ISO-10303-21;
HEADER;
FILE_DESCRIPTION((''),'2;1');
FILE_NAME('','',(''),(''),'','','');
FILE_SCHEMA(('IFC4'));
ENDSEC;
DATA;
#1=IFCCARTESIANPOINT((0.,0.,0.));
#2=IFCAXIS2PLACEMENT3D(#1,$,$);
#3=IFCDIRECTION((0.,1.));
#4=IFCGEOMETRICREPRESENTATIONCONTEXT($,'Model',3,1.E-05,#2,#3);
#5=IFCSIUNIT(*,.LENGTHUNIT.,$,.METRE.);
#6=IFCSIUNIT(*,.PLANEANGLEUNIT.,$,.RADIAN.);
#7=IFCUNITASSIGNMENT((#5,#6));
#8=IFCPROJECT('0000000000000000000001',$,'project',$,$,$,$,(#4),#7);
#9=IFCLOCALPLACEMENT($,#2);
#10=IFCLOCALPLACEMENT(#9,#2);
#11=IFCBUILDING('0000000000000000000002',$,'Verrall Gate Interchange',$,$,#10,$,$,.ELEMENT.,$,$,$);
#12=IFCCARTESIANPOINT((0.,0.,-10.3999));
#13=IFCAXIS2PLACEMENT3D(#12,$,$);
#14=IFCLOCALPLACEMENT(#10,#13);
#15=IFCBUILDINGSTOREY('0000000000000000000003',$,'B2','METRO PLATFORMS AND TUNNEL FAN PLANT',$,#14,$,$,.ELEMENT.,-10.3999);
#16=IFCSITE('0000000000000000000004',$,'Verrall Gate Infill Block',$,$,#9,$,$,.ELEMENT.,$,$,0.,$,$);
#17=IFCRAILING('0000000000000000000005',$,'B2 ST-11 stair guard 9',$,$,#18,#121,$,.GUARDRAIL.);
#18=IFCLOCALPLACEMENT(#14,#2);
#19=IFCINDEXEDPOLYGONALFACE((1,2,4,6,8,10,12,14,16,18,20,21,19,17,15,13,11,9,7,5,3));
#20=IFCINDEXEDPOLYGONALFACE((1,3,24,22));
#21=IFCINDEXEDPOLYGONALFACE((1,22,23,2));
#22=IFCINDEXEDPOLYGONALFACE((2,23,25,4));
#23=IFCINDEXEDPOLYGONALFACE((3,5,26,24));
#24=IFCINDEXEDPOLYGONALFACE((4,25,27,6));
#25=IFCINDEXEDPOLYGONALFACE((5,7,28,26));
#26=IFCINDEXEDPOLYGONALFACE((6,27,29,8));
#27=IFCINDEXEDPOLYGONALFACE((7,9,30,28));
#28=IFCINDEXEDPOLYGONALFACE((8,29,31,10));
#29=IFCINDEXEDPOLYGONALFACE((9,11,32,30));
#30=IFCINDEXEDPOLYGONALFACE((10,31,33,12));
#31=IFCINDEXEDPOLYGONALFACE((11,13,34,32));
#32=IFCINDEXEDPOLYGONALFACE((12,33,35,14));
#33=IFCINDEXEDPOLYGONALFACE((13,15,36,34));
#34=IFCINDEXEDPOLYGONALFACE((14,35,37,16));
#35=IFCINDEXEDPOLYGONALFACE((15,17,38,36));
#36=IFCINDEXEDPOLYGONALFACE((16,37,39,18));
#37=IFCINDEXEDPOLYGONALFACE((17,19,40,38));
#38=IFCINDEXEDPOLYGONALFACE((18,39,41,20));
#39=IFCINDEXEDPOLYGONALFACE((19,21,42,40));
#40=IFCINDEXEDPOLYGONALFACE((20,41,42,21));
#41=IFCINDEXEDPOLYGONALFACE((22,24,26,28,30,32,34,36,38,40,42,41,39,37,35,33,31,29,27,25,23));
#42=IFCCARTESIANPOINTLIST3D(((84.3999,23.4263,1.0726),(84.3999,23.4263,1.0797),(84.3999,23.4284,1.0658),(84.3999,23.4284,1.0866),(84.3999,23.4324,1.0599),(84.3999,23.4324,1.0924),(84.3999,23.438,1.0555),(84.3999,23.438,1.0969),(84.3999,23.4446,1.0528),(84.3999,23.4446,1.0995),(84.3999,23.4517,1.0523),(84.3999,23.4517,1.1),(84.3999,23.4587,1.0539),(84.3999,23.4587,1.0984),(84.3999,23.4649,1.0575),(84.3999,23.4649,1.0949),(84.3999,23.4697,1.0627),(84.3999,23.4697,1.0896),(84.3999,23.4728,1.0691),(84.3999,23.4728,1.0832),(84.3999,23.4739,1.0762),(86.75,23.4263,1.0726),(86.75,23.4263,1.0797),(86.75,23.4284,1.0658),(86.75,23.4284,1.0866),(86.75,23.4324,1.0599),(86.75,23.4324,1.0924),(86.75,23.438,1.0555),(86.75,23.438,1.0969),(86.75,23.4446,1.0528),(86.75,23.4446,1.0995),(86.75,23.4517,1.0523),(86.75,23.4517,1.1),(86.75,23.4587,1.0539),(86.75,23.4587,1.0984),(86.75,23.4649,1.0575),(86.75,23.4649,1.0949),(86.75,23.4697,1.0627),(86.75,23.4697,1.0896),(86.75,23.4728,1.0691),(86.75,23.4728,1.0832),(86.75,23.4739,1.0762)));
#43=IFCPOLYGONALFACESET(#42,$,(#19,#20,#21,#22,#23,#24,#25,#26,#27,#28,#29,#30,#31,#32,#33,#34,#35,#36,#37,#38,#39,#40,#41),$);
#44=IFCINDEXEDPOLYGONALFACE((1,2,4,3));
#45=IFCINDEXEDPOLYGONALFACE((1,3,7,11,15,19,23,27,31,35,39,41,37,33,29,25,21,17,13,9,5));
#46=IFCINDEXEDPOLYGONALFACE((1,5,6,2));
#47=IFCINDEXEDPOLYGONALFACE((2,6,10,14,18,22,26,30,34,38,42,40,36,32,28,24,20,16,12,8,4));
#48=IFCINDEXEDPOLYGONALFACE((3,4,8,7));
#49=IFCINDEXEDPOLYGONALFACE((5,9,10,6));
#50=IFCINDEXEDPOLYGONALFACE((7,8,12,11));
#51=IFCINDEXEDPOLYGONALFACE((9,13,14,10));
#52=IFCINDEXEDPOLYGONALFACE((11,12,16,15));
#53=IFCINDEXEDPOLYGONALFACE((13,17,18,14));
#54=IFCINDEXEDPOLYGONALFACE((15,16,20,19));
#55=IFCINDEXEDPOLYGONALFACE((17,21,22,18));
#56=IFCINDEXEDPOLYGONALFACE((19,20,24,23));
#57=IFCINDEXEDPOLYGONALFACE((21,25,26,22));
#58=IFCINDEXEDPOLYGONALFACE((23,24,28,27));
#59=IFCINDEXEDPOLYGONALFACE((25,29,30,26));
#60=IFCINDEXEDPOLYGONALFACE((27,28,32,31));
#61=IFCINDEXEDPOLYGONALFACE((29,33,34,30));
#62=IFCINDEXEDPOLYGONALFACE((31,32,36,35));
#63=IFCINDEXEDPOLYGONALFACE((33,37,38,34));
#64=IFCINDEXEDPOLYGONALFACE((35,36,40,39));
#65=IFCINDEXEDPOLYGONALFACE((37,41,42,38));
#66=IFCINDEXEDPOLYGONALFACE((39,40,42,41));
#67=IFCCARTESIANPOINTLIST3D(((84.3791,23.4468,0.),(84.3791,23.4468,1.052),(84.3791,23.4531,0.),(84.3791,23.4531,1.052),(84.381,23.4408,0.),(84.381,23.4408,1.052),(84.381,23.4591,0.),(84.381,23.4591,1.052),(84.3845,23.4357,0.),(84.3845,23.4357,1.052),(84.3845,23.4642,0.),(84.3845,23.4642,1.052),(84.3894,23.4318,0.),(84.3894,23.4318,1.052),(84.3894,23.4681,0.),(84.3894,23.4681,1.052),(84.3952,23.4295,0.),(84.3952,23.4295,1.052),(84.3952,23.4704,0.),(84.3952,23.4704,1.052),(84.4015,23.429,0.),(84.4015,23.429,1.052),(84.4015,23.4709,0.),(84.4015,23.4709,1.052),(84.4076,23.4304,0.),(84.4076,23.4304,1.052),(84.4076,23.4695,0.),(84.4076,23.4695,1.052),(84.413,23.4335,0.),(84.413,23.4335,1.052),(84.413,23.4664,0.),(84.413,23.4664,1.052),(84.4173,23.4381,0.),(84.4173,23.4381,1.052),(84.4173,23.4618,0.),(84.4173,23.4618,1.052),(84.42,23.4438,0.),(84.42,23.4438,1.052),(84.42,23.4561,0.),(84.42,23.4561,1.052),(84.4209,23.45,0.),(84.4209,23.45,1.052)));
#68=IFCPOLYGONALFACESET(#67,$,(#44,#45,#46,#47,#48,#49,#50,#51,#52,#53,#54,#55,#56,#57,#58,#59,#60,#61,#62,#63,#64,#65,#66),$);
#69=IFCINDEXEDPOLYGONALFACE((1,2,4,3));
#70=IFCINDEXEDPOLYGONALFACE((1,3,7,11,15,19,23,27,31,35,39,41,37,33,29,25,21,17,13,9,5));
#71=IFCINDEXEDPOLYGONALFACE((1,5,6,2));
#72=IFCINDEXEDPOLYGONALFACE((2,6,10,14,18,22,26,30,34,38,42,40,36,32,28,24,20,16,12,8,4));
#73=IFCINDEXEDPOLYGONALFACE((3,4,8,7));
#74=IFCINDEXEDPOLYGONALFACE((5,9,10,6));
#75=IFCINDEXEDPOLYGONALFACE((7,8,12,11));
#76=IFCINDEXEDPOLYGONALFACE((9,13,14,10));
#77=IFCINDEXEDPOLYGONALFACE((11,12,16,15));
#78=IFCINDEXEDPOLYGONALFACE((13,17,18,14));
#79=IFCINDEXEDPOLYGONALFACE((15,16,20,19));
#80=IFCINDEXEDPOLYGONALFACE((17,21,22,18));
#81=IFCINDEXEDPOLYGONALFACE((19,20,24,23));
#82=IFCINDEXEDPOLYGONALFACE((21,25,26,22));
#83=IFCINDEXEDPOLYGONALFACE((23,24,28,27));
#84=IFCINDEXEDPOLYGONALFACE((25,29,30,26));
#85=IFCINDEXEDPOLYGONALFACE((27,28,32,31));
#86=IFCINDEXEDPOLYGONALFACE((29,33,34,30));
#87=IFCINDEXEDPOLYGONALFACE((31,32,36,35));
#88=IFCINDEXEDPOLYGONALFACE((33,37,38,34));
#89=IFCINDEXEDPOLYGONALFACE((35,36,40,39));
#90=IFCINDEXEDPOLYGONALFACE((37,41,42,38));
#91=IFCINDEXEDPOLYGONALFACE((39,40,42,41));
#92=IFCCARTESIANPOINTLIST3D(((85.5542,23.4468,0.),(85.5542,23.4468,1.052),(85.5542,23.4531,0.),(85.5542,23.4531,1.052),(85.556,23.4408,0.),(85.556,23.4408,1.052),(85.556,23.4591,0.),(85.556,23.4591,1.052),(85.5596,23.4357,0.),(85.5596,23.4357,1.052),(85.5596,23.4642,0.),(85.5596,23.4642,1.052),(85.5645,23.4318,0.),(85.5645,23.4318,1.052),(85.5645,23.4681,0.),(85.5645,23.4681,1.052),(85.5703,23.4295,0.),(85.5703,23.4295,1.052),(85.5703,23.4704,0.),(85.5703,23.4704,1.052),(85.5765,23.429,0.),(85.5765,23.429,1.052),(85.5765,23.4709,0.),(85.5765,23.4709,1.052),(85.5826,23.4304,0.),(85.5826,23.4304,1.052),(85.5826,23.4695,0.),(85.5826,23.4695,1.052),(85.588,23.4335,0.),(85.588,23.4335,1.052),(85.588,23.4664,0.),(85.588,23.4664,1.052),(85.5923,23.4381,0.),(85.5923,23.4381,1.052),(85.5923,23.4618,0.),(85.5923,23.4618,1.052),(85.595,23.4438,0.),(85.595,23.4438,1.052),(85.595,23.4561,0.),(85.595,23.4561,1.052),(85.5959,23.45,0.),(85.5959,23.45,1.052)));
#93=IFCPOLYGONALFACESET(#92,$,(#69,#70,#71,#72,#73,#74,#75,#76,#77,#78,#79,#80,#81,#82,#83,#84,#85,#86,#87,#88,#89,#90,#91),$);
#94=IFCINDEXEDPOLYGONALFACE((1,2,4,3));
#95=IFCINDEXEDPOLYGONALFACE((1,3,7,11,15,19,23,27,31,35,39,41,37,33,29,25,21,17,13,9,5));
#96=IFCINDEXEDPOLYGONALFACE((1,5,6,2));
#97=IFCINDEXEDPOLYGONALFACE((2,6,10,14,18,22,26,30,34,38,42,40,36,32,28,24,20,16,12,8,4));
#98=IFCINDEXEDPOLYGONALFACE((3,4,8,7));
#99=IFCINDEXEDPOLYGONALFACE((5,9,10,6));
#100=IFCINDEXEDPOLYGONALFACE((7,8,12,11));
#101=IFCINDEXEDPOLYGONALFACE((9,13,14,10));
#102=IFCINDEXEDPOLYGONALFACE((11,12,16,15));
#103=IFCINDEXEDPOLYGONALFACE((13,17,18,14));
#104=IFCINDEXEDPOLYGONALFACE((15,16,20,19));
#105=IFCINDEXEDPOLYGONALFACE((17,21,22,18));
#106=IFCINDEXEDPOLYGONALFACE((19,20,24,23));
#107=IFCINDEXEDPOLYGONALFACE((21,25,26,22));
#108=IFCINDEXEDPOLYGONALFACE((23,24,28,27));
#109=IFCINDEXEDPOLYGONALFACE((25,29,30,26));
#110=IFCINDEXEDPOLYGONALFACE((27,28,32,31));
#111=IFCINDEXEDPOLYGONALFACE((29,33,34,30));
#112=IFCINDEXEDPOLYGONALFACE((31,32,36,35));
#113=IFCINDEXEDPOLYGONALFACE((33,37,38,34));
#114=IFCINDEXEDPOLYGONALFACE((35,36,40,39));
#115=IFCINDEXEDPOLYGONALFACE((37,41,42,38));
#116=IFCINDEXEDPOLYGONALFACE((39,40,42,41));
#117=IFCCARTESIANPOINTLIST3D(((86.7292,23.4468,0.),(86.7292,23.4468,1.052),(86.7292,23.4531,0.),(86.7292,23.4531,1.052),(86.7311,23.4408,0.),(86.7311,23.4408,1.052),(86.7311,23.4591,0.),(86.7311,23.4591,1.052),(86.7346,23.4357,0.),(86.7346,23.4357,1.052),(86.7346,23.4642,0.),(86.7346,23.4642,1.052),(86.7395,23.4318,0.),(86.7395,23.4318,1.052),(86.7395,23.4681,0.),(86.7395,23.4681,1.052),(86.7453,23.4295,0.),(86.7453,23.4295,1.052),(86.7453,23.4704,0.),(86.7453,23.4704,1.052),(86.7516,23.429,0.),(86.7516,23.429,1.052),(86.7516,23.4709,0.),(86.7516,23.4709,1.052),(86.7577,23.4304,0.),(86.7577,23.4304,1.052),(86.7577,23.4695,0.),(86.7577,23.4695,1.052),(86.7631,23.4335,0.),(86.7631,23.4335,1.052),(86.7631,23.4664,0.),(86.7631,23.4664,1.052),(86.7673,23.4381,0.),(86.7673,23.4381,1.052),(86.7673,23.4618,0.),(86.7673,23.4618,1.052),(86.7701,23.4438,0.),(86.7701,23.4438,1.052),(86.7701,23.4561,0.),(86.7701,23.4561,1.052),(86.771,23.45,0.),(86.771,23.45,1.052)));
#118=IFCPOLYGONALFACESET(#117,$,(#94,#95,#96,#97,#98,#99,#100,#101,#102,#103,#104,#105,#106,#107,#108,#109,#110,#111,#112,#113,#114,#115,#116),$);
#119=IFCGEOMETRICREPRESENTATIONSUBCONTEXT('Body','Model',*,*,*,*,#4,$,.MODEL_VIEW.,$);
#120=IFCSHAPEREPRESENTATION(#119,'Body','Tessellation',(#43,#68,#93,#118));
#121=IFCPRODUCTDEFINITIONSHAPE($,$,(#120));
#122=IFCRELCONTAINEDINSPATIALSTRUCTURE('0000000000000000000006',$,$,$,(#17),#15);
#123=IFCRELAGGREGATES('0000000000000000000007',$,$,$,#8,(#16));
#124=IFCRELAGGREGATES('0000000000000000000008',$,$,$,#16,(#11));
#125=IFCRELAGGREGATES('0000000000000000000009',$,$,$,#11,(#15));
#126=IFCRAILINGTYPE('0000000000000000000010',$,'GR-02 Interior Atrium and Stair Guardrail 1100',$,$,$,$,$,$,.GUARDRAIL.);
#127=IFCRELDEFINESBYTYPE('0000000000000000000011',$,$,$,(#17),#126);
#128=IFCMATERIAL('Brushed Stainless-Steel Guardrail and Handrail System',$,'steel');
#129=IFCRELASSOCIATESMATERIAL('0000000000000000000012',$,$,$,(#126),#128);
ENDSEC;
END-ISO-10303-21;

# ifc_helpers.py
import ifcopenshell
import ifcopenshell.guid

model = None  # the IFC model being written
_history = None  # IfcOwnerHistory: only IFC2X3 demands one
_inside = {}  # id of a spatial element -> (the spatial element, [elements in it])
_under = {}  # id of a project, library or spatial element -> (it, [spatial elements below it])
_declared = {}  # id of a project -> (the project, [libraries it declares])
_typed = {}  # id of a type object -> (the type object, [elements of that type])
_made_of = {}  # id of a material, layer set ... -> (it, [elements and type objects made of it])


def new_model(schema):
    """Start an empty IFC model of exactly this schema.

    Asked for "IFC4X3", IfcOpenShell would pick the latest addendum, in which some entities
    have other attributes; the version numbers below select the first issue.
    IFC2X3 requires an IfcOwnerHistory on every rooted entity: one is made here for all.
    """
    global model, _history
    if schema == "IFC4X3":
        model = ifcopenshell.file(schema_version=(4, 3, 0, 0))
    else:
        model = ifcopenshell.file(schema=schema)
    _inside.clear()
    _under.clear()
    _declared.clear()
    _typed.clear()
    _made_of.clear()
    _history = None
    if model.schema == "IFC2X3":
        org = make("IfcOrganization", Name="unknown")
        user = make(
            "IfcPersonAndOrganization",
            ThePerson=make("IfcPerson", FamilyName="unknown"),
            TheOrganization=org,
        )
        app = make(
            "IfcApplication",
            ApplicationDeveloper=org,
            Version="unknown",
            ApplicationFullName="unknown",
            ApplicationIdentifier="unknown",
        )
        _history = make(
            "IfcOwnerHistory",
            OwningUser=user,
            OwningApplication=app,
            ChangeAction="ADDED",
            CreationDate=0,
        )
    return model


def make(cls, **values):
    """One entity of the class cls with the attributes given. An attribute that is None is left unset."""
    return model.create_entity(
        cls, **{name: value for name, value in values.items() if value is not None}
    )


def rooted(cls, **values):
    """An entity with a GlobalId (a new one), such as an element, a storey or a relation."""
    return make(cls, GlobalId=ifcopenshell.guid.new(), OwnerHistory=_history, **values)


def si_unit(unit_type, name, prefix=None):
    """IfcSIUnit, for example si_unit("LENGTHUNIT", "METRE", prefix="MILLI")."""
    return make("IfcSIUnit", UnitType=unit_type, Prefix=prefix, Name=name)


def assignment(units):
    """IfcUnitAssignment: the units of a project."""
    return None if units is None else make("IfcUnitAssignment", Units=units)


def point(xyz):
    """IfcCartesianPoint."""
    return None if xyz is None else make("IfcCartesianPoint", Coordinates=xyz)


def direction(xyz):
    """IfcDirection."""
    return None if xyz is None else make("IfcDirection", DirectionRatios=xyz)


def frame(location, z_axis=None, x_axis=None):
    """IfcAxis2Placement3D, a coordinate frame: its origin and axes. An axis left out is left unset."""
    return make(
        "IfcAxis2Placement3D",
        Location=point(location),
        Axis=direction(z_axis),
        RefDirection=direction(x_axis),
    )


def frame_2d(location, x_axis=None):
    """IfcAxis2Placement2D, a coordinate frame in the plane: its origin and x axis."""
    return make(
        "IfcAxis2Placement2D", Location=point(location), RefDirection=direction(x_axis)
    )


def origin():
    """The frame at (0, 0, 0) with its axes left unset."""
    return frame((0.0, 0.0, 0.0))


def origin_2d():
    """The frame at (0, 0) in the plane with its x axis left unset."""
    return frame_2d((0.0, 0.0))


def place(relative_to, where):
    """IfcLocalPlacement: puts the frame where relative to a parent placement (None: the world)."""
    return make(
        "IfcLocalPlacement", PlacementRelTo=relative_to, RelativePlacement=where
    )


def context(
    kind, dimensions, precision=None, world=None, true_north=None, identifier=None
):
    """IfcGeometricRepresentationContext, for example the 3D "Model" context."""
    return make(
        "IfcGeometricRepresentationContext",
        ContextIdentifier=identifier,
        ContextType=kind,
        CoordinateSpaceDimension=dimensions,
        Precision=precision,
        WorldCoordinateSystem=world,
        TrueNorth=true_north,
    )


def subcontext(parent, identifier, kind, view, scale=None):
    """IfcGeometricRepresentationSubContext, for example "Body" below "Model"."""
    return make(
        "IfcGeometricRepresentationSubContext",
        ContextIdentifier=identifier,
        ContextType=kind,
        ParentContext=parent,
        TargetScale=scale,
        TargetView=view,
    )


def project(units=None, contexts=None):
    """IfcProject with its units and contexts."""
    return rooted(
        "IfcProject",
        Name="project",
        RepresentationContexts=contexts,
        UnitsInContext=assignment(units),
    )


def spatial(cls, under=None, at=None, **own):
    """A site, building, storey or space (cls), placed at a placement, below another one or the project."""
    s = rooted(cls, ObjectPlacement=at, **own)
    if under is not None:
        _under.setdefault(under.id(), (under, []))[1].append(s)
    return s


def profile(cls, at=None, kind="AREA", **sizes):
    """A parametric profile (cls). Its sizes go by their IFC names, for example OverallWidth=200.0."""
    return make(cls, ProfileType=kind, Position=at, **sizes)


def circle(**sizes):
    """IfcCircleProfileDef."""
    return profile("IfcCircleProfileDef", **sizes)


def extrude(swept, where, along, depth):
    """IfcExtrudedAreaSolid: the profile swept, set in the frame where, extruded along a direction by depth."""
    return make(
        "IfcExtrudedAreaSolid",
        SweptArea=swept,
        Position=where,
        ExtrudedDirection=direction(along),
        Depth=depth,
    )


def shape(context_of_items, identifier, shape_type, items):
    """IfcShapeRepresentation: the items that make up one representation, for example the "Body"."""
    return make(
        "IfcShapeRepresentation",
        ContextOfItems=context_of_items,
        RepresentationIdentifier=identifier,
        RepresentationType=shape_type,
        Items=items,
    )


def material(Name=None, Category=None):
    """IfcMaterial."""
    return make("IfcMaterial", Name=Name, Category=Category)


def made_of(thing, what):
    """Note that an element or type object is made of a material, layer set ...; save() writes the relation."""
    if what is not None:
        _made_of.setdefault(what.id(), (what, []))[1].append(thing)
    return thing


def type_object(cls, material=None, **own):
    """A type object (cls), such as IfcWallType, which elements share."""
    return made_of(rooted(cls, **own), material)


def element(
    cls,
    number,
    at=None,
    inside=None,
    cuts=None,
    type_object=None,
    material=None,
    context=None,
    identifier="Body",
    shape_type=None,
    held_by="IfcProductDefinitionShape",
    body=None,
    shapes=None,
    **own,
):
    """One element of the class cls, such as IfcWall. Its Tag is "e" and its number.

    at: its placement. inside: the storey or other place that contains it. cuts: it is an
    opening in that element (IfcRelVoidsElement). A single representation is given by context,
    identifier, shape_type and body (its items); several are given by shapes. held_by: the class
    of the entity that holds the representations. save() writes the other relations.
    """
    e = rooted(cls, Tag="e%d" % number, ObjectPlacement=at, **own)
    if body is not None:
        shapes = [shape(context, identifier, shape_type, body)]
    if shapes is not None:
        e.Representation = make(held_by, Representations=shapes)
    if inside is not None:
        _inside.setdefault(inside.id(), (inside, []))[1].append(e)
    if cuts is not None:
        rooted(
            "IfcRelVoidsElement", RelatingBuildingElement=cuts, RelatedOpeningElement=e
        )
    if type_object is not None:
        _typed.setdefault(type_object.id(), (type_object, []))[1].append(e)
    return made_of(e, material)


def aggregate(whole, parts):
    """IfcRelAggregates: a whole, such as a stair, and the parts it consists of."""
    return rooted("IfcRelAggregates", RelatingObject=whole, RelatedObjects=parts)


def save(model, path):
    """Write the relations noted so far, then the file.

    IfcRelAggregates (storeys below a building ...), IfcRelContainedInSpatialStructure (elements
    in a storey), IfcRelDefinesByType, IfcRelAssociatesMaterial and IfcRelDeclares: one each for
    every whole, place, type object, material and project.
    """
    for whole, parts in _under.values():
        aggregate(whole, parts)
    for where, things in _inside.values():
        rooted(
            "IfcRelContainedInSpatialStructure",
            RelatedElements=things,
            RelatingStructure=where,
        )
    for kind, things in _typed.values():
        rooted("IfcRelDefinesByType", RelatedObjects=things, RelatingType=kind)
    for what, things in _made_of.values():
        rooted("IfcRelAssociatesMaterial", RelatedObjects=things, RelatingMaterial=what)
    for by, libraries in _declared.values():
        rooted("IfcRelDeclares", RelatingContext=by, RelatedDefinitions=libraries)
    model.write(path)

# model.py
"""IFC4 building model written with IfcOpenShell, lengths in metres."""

from ifc_helpers import new_model, si_unit, direction, frame, origin, origin_2d, place, context, subcontext, project, spatial, circle, extrude, material, type_object, element, save


model = new_model("IFC4")

# Units and contexts
model_context = context("Model", 3, precision=1e-05, world=origin(), true_north=direction((0.0, 1.0)))
body_context = subcontext(model_context, "Body", "Model", "MODEL_VIEW")
ifc_project = project(units=[si_unit("LENGTHUNIT", "METRE"), si_unit("PLANEANGLEUNIT", "RADIAN")], contexts=[model_context])

# Site, building, storey
site_placement = place(None, origin())
site = spatial("IfcSite", under=ifc_project, at=site_placement, Name="Verrall Gate Infill Block", CompositionType="ELEMENT", RefElevation=0.0)
building_placement = place(site_placement, origin())
building = spatial("IfcBuilding", under=site, at=building_placement, Name="Verrall Gate Interchange", CompositionType="ELEMENT")
storey_placement = place(building_placement, frame((0.0, 0.0, -10.3999)))
storey = spatial("IfcBuildingStorey", under=building, at=storey_placement, Name="B2", Description="METRO PLATFORMS AND TUNNEL FAN PLANT", CompositionType="ELEMENT", Elevation=-10.3999)

# Railing
ifc_material_1 = material(Name="Brushed Stainless-Steel Guardrail and Handrail System", Category="steel")
railing_type_1 = type_object("IfcRailingType", Name="GR-02 Interior Atrium and Stair Guardrail 1100", PredefinedType="GUARDRAIL", material=ifc_material_1)
railing_1_placement = place(storey_placement, frame((84.3999, 23.45, 0.0)))
element("IfcRailing", 1, at=railing_1_placement, inside=storey, type_object=railing_type_1, Name="B2 ST-11 stair guard 9", PredefinedType="GUARDRAIL", context=body_context, shape_type="SweptSolid", body=[
    extrude(circle(Radius=0.0239, at=origin_2d()), frame((0.0, 0.0, 1.0762), z_axis=(1.0, 0.0, 0.0), x_axis=(0.0, 1.0, 0.0)), (0.0, 0.0, 1.0), 2.3501),
    extrude(circle(Radius=0.021, at=origin_2d()), origin(), (0.0, 0.0, 1.0), 1.052),
    extrude(circle(Radius=0.021, at=origin_2d()), frame((1.175, 0.0, 0.0)), (0.0, 0.0, 1.0), 1.052),
    extrude(circle(Radius=0.021, at=origin_2d()), frame((2.3501, 0.0, 0.0)), (0.0, 0.0, 1.0), 1.052),
])

save(model, "model.ifc")
